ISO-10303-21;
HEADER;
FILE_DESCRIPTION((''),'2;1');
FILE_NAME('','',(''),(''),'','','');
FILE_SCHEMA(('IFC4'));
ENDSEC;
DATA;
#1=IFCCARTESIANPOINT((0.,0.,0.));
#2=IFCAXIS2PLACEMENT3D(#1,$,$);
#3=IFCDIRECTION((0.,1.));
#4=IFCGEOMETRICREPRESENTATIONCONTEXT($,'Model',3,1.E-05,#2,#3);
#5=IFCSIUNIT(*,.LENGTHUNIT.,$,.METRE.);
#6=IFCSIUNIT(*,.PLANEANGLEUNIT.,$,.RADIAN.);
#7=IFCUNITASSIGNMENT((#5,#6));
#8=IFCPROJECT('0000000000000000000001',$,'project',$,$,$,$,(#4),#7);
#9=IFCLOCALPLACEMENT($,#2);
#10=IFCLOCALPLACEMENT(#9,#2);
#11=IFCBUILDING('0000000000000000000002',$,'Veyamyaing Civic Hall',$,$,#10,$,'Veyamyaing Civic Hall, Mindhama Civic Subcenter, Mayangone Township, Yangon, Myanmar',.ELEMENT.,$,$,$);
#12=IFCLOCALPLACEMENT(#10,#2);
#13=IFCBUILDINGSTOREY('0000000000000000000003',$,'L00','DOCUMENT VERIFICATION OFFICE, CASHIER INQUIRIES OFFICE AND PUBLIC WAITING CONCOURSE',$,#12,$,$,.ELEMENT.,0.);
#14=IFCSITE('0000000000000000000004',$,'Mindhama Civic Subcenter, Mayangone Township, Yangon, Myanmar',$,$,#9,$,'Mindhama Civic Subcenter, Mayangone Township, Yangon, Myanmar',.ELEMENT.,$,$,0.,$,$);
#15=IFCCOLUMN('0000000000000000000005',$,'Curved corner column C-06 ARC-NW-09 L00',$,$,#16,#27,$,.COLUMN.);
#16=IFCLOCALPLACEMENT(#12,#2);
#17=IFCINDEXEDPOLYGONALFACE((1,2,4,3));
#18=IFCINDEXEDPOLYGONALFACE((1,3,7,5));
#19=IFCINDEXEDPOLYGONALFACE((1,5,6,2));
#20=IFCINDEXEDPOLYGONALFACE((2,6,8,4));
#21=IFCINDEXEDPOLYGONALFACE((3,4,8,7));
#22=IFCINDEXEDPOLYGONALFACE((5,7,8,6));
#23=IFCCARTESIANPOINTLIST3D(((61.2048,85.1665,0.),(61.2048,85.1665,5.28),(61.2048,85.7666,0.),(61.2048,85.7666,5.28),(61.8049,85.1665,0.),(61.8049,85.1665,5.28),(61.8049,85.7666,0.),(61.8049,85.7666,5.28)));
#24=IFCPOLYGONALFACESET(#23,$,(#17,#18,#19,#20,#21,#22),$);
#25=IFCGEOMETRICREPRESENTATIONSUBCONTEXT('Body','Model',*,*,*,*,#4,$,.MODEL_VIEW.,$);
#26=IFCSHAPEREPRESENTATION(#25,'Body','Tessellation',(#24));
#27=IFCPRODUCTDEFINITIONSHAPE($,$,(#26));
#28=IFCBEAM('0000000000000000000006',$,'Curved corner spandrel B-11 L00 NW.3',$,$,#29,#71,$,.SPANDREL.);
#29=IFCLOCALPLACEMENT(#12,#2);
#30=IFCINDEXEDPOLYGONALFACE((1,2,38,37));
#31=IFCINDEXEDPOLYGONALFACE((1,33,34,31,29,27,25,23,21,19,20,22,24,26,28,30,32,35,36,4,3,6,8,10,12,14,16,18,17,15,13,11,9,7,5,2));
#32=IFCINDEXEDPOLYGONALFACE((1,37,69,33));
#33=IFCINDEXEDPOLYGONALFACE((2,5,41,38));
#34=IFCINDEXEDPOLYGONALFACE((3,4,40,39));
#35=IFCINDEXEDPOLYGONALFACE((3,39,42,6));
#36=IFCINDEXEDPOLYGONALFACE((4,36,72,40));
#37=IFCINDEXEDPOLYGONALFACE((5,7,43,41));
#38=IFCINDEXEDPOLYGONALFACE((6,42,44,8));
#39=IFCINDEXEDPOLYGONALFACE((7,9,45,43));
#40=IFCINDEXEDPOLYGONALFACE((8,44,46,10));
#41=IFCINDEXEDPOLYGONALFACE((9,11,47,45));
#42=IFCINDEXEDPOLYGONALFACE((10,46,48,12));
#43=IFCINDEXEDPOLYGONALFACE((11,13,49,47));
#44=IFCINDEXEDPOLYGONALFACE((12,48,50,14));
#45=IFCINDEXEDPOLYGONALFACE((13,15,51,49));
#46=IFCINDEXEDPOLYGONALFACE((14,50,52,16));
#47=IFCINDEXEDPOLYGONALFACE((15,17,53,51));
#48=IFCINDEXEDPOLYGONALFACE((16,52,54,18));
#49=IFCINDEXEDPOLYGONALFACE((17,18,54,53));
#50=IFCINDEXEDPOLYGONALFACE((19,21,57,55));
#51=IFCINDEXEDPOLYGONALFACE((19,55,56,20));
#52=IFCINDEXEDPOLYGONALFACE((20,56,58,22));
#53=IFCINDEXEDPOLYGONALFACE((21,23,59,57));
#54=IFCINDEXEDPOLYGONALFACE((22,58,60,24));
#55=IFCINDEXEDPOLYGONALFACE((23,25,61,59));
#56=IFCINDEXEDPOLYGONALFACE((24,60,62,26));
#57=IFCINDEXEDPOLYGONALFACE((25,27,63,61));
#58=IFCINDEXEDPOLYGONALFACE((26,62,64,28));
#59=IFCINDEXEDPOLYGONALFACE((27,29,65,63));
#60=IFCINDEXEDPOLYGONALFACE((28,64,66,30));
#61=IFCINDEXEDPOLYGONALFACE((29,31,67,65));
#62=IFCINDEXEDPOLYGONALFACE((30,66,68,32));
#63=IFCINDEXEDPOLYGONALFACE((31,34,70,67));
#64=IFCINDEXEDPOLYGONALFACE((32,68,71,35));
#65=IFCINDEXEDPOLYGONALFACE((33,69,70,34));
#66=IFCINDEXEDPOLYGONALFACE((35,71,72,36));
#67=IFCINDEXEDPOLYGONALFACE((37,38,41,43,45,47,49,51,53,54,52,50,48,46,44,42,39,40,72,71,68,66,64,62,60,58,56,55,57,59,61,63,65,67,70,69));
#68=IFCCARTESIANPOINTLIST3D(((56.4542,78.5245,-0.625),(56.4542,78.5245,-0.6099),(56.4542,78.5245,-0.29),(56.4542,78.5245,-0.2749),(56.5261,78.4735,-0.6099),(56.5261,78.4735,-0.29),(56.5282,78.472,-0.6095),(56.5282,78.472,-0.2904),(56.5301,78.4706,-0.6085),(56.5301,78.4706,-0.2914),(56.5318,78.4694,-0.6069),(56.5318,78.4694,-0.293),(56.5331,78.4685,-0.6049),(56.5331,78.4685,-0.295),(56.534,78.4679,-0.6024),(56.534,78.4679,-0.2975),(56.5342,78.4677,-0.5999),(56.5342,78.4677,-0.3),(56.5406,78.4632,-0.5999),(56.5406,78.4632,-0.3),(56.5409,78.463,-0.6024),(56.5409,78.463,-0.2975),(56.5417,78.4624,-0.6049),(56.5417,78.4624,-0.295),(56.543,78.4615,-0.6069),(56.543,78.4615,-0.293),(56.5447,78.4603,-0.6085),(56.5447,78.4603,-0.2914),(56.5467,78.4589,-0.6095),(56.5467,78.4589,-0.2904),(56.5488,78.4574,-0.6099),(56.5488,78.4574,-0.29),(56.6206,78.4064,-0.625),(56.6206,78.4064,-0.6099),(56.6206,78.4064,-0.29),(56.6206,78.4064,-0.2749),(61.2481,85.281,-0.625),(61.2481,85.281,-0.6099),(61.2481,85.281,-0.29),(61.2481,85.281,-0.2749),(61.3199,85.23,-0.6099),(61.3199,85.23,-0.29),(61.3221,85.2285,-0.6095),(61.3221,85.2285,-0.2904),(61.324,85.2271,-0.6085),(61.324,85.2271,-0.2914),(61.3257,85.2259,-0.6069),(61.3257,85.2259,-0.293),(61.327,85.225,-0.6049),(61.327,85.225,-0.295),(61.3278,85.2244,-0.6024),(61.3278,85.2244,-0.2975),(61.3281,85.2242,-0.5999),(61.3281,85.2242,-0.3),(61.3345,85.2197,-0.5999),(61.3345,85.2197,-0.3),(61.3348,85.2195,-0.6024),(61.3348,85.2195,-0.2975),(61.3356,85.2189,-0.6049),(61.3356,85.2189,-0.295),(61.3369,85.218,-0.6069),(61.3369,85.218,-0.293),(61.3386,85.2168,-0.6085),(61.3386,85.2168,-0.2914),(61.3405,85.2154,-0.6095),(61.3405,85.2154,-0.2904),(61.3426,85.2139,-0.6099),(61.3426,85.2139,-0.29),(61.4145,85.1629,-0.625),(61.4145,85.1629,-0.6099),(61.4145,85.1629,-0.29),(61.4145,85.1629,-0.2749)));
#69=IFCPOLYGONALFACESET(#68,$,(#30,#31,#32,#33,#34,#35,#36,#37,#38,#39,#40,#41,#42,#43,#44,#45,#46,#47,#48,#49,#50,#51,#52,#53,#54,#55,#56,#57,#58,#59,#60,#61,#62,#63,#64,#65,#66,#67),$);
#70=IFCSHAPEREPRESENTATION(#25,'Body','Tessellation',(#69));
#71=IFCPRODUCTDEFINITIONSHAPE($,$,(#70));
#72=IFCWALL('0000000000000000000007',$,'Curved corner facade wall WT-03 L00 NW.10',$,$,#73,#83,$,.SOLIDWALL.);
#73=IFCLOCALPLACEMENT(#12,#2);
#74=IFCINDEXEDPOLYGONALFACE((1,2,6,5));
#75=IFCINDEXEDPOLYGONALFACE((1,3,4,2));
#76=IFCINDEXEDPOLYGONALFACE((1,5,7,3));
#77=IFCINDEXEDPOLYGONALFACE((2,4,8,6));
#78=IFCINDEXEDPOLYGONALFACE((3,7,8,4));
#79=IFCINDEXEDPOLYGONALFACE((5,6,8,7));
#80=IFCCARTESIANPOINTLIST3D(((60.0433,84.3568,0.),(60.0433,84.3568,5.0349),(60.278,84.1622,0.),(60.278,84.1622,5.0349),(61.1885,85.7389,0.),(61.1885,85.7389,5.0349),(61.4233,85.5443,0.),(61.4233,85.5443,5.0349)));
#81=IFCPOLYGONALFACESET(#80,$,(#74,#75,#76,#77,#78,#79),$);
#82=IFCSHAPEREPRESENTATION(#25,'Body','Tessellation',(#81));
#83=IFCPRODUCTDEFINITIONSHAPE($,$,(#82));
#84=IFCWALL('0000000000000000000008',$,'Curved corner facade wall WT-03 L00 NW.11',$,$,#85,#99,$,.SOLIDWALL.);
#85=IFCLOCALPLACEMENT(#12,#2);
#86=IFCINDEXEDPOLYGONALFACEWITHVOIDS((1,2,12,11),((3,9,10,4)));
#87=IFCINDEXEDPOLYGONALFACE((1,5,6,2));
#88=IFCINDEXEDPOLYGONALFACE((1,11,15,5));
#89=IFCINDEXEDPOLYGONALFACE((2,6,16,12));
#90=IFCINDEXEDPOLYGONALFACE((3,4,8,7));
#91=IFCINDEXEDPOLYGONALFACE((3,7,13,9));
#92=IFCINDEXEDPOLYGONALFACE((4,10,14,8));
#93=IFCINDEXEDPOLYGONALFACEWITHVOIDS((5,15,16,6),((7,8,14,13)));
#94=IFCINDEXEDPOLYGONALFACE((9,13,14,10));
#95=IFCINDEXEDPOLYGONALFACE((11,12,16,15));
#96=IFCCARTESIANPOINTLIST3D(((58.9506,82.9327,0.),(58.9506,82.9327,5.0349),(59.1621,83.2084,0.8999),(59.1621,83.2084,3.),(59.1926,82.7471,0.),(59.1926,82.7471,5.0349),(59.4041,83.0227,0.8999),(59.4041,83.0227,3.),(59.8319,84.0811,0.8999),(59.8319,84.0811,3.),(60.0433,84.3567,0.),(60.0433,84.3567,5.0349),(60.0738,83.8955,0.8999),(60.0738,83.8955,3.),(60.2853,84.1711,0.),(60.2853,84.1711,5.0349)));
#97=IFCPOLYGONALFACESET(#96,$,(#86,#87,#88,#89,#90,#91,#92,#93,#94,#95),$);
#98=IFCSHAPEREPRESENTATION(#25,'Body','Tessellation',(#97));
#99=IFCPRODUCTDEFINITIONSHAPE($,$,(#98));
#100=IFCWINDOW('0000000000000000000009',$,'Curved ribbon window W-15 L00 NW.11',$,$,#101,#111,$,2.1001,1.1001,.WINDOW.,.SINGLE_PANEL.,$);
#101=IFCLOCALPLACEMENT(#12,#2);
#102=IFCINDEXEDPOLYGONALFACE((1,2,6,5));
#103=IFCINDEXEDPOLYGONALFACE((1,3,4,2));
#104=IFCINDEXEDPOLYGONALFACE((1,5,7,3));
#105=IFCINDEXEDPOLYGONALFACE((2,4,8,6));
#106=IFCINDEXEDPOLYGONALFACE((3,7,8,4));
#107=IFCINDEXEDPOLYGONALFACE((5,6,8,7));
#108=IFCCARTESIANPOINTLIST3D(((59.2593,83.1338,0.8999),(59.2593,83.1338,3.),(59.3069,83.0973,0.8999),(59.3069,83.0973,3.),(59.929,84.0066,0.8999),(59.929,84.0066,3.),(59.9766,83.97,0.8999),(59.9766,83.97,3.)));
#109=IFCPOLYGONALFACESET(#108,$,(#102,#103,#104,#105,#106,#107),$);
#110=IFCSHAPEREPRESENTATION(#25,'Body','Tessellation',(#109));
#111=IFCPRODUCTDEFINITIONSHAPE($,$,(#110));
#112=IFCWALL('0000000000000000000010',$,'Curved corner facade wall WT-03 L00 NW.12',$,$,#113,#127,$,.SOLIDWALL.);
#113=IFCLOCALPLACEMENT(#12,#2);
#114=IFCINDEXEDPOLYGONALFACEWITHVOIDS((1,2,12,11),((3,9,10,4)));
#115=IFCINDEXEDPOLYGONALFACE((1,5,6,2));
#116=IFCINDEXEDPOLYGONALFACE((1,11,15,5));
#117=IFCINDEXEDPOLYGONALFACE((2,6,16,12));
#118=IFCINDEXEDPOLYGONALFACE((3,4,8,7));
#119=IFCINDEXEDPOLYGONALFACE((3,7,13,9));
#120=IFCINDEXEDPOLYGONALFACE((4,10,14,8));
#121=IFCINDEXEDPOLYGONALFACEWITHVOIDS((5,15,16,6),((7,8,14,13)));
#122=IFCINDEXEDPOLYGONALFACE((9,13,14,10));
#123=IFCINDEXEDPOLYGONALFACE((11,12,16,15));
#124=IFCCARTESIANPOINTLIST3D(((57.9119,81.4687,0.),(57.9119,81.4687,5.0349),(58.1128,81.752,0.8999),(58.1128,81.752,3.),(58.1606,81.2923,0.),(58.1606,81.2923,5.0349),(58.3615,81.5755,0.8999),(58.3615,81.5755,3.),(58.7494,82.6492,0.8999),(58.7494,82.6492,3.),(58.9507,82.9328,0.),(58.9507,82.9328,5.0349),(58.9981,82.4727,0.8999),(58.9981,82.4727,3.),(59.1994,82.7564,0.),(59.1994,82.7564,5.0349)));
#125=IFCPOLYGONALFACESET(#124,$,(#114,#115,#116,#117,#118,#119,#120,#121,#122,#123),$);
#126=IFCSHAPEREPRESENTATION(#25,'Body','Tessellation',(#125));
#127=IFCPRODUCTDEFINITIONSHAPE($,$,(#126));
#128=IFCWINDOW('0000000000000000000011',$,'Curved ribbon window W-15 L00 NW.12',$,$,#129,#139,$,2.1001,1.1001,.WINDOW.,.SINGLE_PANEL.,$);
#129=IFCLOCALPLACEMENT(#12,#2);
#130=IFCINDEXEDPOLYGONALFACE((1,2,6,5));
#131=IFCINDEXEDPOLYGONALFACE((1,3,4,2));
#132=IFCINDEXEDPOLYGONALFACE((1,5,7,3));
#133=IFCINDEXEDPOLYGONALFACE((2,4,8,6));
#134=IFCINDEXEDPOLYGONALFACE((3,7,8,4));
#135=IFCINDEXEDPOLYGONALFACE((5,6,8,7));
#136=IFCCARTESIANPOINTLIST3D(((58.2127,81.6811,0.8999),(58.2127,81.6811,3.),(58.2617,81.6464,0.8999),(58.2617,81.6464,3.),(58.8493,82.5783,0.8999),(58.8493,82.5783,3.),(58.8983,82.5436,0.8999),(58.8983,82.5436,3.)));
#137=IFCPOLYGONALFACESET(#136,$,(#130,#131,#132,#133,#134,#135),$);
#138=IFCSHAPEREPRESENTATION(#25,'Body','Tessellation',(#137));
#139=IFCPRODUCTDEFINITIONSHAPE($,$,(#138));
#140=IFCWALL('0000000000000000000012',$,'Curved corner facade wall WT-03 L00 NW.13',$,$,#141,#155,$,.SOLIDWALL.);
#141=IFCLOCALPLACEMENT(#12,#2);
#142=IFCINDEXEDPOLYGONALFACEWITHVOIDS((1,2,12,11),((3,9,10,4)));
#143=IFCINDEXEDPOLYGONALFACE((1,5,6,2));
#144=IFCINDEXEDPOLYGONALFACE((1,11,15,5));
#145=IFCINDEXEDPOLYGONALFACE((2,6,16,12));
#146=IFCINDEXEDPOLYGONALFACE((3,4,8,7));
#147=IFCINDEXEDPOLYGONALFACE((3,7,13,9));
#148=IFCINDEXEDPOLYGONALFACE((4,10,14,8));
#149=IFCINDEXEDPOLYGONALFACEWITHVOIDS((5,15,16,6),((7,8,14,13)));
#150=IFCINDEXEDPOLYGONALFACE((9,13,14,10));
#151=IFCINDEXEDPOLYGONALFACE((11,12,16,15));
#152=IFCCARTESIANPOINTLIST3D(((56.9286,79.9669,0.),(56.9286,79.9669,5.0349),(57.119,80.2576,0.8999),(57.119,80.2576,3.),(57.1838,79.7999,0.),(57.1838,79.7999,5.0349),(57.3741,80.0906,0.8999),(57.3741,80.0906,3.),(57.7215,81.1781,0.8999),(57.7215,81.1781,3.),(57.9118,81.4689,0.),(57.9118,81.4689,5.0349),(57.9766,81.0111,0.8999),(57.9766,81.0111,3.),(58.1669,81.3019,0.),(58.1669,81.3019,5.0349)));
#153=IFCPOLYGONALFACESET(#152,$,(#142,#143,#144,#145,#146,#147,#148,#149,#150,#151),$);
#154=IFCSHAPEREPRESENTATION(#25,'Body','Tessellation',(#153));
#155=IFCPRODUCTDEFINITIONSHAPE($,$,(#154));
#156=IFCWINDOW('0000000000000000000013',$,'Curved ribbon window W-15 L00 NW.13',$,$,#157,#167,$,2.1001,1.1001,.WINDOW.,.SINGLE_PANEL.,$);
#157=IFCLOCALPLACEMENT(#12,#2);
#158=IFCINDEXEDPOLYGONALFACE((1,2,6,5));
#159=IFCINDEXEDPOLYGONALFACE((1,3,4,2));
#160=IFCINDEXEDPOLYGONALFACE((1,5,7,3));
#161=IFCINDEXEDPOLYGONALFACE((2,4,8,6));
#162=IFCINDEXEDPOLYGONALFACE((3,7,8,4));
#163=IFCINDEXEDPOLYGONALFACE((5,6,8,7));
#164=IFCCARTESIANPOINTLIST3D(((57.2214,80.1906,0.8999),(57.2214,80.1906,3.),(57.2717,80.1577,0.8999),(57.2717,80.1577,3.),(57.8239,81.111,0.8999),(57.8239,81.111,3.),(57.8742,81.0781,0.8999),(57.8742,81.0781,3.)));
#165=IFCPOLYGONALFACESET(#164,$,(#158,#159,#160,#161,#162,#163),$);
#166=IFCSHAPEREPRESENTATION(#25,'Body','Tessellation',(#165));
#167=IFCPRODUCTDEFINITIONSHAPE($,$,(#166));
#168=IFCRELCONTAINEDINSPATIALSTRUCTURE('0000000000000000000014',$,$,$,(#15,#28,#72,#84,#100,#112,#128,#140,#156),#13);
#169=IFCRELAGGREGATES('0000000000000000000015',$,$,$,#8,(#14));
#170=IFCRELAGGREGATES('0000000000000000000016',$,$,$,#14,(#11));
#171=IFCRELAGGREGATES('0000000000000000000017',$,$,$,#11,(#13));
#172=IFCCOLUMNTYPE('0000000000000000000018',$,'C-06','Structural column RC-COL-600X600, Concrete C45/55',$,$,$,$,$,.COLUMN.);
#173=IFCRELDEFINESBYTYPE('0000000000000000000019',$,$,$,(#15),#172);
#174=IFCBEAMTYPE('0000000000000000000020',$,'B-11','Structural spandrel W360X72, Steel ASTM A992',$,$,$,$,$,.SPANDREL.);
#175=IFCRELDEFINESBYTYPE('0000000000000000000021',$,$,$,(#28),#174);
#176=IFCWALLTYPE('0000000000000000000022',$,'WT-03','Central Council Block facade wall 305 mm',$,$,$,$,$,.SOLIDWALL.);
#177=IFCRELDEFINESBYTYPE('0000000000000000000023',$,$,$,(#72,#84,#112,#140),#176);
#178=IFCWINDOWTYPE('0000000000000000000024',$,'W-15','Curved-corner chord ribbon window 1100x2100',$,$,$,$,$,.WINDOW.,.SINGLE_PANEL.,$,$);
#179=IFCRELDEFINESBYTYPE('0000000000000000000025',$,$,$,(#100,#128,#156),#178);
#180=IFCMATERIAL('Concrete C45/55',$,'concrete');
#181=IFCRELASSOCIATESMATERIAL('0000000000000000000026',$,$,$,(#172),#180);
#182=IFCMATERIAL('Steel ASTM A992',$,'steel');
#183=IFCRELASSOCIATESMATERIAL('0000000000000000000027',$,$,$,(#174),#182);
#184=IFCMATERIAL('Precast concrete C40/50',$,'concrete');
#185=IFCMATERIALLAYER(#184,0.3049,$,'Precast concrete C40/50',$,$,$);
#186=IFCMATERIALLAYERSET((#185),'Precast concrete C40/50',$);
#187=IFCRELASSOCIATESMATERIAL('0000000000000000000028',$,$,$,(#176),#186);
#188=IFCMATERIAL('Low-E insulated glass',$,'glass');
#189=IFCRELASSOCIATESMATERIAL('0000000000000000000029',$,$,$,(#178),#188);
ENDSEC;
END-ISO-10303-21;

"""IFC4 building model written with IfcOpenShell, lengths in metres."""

from ifc_helpers import new_model, si_unit, direction, frame, frame_2d, origin, origin_2d, place, context, subcontext, project, spatial, rectangle, i_section, extrude, material, layer, layer_set, material_profile, profile_set, type_object, element, fill, save


model = new_model("IFC4")

# Units and contexts
model_context = context("Model", 3, precision=1e-05, world=origin(), true_north=direction((0.0, 1.0)))
body_context = subcontext(model_context, "Body", "Model", "MODEL_VIEW")
ifc_project = project(units=[si_unit("LENGTHUNIT", "METRE"), si_unit("PLANEANGLEUNIT", "RADIAN")], contexts=[model_context])

# Site, building, storey
site_placement = place(None, origin())
site = spatial("IfcSite", under=ifc_project, at=site_placement, Name="Mindhama Civic Subcenter, Mayangone Township, Yangon, Myanmar", LongName="Mindhama Civic Subcenter, Mayangone Township, Yangon, Myanmar", CompositionType="ELEMENT", RefElevation=0.0)
building_placement = place(site_placement, origin())
building = spatial("IfcBuilding", under=site, at=building_placement, Name="Veyamyaing Civic Hall", LongName="Veyamyaing Civic Hall, Mindhama Civic Subcenter, Mayangone Township, Yangon, Myanmar", CompositionType="ELEMENT")
storey_placement = place(building_placement, origin())
storey = spatial("IfcBuildingStorey", under=building, at=storey_placement, Name="L00", Description="DOCUMENT VERIFICATION OFFICE, CASHIER INQUIRIES OFFICE AND PUBLIC WAITING CONCOURSE", CompositionType="ELEMENT", Elevation=0.0)

# Column
ifc_material_1 = material(Name="Concrete C45/55", Category="concrete")
ifc_material_profile_1 = material_profile(ifc_material_1, rectangle(XDim=0.6001, YDim=0.6001, at=origin_2d()), Name="RC-COL-600X600")
ifc_profile_set_1 = profile_set([ifc_material_profile_1], Name="Concrete C45/55")
column_type = type_object("IfcColumnType", Name="C-06", Description="Structural column RC-COL-600X600, Concrete C45/55", PredefinedType="COLUMN", material=ifc_profile_set_1)
column_placement = place(storey_placement, frame((61.5049, 85.4666, 0.0), z_axis=(0.0, 0.0, 1.0), x_axis=(1.0, 0.0, 0.0)))
element("IfcColumn", 1, at=column_placement, inside=storey, type_object=column_type, Name="Curved corner column C-06 ARC-NW-09 L00", PredefinedType="COLUMN", context=body_context, shape_type="SweptSolid", body=[
    extrude(rectangle(XDim=0.6001, YDim=0.6001, at=origin_2d()), origin(), (0.0, 0.0, 1.0), 5.28),
])

# Beam
ifc_material_2 = material(Name="Steel ASTM A992", Category="steel")
ifc_material_profile_2 = material_profile(ifc_material_2, i_section(OverallWidth=0.2041, OverallDepth=0.3501, WebThickness=0.0078, FlangeThickness=0.0151, FilletRadius=0.01, at=origin_2d()), Name="W360X72")
ifc_profile_set_2 = profile_set([ifc_material_profile_2], Name="Steel ASTM A992")
beam_type = type_object("IfcBeamType", Name="B-11", Description="Structural spandrel W360X72, Steel ASTM A992", PredefinedType="SPANDREL", material=ifc_profile_set_2)
beam_placement = place(storey_placement, frame((61.3313, 85.2219, -0.45), z_axis=(-0.578662, -0.815567, 0.0), x_axis=(0.815567, -0.578662, 0.0)))
element("IfcBeam", 2, at=beam_placement, inside=storey, type_object=beam_type, Name="Curved corner spandrel B-11 L00 NW.3", PredefinedType="SPANDREL", context=body_context, shape_type="SweptSolid", body=[
    extrude(i_section(OverallWidth=0.2041, OverallDepth=0.3501, WebThickness=0.0078, FlangeThickness=0.0151, FilletRadius=0.01, at=origin_2d()), origin(), (0.0, 0.0, 1.0), 8.2844),
])

# Wall
ifc_material_3 = material(Name="Precast concrete C40/50", Category="concrete")
ifc_layer_1 = layer(ifc_material_3, 0.3049, Name="Precast concrete C40/50")
ifc_layer_set_1 = layer_set([ifc_layer_1], Name="Precast concrete C40/50")
wall_type = type_object("IfcWallType", Name="WT-03", Description="Central Council Block facade wall 305 mm", PredefinedType="SOLIDWALL", material=ifc_layer_set_1)
wall_1_placement = place(storey_placement, frame((61.3059, 85.6416, 0.0), z_axis=(0.0, 0.0, 1.0), x_axis=(-0.638055, -0.769991, 0.0)))
element("IfcWall", 3, at=wall_1_placement, inside=storey, type_object=wall_type, Name="Curved corner facade wall WT-03 L00 NW.10", PredefinedType="SOLIDWALL", context=body_context, shape_type="SweptSolid", body=[
    extrude(rectangle(XDim=1.7949, YDim=0.3049, at=frame_2d((0.8975, 0.0))), origin(), (0.0, 0.0, 1.0), 5.0349),
])

# Walls, openings, windows
wall_2_placement = place(storey_placement, frame((60.1643, 84.2639, 0.0), z_axis=(0.0, 0.0, 1.0), x_axis=(-0.608777, -0.793341, 0.0)))
wall_2 = element("IfcWall", 4, at=wall_2_placement, inside=storey, type_object=wall_type, Name="Curved corner facade wall WT-03 L00 NW.11", PredefinedType="SOLIDWALL", context=body_context, shape_type="SweptSolid", body=[
    extrude(rectangle(XDim=1.7949, YDim=0.3049, at=frame_2d((0.8975, 0.0))), origin(), (0.0, 0.0, 1.0), 5.0349),
])
opening_1_placement = place(wall_2_placement, frame((0.3474, 0.0, 0.8999)))
opening_1 = element("IfcOpeningElement", 5, at=opening_1_placement, cuts=wall_2, PredefinedType="OPENING", context=body_context, shape_type="SweptSolid", body=[
    extrude(rectangle(XDim=1.1001, YDim=2.1001, at=frame_2d((0.55, 1.05))), frame((0.0, 0.1624, 0.0), z_axis=(0.0, -1.0, 0.0), x_axis=(1.0, 0.0, 0.0)), (0.0, 0.0, 1.0), 0.325),
])
ifc_material_4 = material(Name="Low-E insulated glass", Category="glass")
window_type = type_object("IfcWindowType", Name="W-15", Description="Curved-corner chord ribbon window 1100x2100", PartitioningType="SINGLE_PANEL", PredefinedType="WINDOW", material=ifc_material_4)
window_1_placement = place(opening_1_placement, origin())
window_1 = element("IfcWindow", 6, at=window_1_placement, inside=storey, type_object=window_type, Name="Curved ribbon window W-15 L00 NW.11", OverallHeight=2.1001, OverallWidth=1.1001, PartitioningType="SINGLE_PANEL", PredefinedType="WINDOW", context=body_context, shape_type="SweptSolid", body=[
    extrude(rectangle(XDim=1.1001, YDim=2.1001, at=frame_2d((0.55, 1.05))), frame((0.0, 0.03, 0.0), z_axis=(0.0, -1.0, 0.0), x_axis=(1.0, 0.0, 0.0)), (0.0, 0.0, 1.0), 0.0601),
])
fill(opening_1, window_1)
wall_3_placement = place(storey_placement, frame((59.075, 82.8445, 0.0), z_axis=(0.0, 0.0, 1.0), x_axis=(-0.578662, -0.815567, 0.0)))
wall_3 = element("IfcWall", 7, at=wall_3_placement, inside=storey, type_object=wall_type, Name="Curved corner facade wall WT-03 L00 NW.12", PredefinedType="SOLIDWALL", context=body_context, shape_type="SweptSolid", body=[
    extrude(rectangle(XDim=1.7952, YDim=0.3049, at=frame_2d((0.8975, 0.0))), origin(), (0.0, 0.0, 1.0), 5.0349),
])
opening_2_placement = place(wall_3_placement, frame((0.3477, 0.0, 0.8999)))
opening_2 = element("IfcOpeningElement", 8, at=opening_2_placement, cuts=wall_3, PredefinedType="OPENING", context=body_context, shape_type="SweptSolid", body=[
    extrude(rectangle(XDim=1.1001, YDim=2.1001, at=frame_2d((0.55, 1.05))), frame((0.0, 0.1624, 0.0), z_axis=(0.0, -1.0, 0.0), x_axis=(1.0, 0.0, 0.0)), (0.0, 0.0, 1.0), 0.325),
])
window_2_placement = place(opening_2_placement, origin())
window_2 = element("IfcWindow", 9, at=window_2_placement, inside=storey, type_object=window_type, Name="Curved ribbon window W-15 L00 NW.12", OverallHeight=2.1001, OverallWidth=1.1001, PartitioningType="SINGLE_PANEL", PredefinedType="WINDOW", context=body_context, shape_type="SweptSolid", body=[
    extrude(rectangle(XDim=1.1001, YDim=2.1001, at=frame_2d((0.55, 1.05))), frame((0.0, 0.03, 0.0), z_axis=(0.0, -1.0, 0.0), x_axis=(1.0, 0.0, 0.0)), (0.0, 0.0, 1.0), 0.0601),
])
fill(opening_2, window_2)
wall_4_placement = place(storey_placement, frame((58.0393, 81.3853, 0.0), z_axis=(0.0, 0.0, 1.0), x_axis=(-0.547682, -0.836687, 0.0)))
wall_4 = element("IfcWall", 10, at=wall_4_placement, inside=storey, type_object=wall_type, Name="Curved corner facade wall WT-03 L00 NW.13", PredefinedType="SOLIDWALL", context=body_context, shape_type="SweptSolid", body=[
    extrude(rectangle(XDim=1.7952, YDim=0.3049, at=frame_2d((0.8975, 0.0))), origin(), (0.0, 0.0, 1.0), 5.0349),
])
opening_3_placement = place(wall_4_placement, frame((0.3474, 0.0, 0.8999)))
opening_3 = element("IfcOpeningElement", 11, at=opening_3_placement, cuts=wall_4, PredefinedType="OPENING", context=body_context, shape_type="SweptSolid", body=[
    extrude(rectangle(XDim=1.1001, YDim=2.1001, at=frame_2d((0.55, 1.05))), frame((0.0, 0.1624, 0.0), z_axis=(0.0, -1.0, 0.0), x_axis=(1.0, 0.0, 0.0)), (0.0, 0.0, 1.0), 0.325),
])
window_3_placement = place(opening_3_placement, origin())
window_3 = element("IfcWindow", 12, at=window_3_placement, inside=storey, type_object=window_type, Name="Curved ribbon window W-15 L00 NW.13", OverallHeight=2.1001, OverallWidth=1.1001, PartitioningType="SINGLE_PANEL", PredefinedType="WINDOW", context=body_context, shape_type="SweptSolid", body=[
    extrude(rectangle(XDim=1.1001, YDim=2.1001, at=frame_2d((0.55, 1.05))), frame((0.0, 0.03, 0.0), z_axis=(0.0, -1.0, 0.0), x_axis=(1.0, 0.0, 0.0)), (0.0, 0.0, 1.0), 0.0601),
])
fill(opening_3, window_3)

save(model, "model.ifc")
